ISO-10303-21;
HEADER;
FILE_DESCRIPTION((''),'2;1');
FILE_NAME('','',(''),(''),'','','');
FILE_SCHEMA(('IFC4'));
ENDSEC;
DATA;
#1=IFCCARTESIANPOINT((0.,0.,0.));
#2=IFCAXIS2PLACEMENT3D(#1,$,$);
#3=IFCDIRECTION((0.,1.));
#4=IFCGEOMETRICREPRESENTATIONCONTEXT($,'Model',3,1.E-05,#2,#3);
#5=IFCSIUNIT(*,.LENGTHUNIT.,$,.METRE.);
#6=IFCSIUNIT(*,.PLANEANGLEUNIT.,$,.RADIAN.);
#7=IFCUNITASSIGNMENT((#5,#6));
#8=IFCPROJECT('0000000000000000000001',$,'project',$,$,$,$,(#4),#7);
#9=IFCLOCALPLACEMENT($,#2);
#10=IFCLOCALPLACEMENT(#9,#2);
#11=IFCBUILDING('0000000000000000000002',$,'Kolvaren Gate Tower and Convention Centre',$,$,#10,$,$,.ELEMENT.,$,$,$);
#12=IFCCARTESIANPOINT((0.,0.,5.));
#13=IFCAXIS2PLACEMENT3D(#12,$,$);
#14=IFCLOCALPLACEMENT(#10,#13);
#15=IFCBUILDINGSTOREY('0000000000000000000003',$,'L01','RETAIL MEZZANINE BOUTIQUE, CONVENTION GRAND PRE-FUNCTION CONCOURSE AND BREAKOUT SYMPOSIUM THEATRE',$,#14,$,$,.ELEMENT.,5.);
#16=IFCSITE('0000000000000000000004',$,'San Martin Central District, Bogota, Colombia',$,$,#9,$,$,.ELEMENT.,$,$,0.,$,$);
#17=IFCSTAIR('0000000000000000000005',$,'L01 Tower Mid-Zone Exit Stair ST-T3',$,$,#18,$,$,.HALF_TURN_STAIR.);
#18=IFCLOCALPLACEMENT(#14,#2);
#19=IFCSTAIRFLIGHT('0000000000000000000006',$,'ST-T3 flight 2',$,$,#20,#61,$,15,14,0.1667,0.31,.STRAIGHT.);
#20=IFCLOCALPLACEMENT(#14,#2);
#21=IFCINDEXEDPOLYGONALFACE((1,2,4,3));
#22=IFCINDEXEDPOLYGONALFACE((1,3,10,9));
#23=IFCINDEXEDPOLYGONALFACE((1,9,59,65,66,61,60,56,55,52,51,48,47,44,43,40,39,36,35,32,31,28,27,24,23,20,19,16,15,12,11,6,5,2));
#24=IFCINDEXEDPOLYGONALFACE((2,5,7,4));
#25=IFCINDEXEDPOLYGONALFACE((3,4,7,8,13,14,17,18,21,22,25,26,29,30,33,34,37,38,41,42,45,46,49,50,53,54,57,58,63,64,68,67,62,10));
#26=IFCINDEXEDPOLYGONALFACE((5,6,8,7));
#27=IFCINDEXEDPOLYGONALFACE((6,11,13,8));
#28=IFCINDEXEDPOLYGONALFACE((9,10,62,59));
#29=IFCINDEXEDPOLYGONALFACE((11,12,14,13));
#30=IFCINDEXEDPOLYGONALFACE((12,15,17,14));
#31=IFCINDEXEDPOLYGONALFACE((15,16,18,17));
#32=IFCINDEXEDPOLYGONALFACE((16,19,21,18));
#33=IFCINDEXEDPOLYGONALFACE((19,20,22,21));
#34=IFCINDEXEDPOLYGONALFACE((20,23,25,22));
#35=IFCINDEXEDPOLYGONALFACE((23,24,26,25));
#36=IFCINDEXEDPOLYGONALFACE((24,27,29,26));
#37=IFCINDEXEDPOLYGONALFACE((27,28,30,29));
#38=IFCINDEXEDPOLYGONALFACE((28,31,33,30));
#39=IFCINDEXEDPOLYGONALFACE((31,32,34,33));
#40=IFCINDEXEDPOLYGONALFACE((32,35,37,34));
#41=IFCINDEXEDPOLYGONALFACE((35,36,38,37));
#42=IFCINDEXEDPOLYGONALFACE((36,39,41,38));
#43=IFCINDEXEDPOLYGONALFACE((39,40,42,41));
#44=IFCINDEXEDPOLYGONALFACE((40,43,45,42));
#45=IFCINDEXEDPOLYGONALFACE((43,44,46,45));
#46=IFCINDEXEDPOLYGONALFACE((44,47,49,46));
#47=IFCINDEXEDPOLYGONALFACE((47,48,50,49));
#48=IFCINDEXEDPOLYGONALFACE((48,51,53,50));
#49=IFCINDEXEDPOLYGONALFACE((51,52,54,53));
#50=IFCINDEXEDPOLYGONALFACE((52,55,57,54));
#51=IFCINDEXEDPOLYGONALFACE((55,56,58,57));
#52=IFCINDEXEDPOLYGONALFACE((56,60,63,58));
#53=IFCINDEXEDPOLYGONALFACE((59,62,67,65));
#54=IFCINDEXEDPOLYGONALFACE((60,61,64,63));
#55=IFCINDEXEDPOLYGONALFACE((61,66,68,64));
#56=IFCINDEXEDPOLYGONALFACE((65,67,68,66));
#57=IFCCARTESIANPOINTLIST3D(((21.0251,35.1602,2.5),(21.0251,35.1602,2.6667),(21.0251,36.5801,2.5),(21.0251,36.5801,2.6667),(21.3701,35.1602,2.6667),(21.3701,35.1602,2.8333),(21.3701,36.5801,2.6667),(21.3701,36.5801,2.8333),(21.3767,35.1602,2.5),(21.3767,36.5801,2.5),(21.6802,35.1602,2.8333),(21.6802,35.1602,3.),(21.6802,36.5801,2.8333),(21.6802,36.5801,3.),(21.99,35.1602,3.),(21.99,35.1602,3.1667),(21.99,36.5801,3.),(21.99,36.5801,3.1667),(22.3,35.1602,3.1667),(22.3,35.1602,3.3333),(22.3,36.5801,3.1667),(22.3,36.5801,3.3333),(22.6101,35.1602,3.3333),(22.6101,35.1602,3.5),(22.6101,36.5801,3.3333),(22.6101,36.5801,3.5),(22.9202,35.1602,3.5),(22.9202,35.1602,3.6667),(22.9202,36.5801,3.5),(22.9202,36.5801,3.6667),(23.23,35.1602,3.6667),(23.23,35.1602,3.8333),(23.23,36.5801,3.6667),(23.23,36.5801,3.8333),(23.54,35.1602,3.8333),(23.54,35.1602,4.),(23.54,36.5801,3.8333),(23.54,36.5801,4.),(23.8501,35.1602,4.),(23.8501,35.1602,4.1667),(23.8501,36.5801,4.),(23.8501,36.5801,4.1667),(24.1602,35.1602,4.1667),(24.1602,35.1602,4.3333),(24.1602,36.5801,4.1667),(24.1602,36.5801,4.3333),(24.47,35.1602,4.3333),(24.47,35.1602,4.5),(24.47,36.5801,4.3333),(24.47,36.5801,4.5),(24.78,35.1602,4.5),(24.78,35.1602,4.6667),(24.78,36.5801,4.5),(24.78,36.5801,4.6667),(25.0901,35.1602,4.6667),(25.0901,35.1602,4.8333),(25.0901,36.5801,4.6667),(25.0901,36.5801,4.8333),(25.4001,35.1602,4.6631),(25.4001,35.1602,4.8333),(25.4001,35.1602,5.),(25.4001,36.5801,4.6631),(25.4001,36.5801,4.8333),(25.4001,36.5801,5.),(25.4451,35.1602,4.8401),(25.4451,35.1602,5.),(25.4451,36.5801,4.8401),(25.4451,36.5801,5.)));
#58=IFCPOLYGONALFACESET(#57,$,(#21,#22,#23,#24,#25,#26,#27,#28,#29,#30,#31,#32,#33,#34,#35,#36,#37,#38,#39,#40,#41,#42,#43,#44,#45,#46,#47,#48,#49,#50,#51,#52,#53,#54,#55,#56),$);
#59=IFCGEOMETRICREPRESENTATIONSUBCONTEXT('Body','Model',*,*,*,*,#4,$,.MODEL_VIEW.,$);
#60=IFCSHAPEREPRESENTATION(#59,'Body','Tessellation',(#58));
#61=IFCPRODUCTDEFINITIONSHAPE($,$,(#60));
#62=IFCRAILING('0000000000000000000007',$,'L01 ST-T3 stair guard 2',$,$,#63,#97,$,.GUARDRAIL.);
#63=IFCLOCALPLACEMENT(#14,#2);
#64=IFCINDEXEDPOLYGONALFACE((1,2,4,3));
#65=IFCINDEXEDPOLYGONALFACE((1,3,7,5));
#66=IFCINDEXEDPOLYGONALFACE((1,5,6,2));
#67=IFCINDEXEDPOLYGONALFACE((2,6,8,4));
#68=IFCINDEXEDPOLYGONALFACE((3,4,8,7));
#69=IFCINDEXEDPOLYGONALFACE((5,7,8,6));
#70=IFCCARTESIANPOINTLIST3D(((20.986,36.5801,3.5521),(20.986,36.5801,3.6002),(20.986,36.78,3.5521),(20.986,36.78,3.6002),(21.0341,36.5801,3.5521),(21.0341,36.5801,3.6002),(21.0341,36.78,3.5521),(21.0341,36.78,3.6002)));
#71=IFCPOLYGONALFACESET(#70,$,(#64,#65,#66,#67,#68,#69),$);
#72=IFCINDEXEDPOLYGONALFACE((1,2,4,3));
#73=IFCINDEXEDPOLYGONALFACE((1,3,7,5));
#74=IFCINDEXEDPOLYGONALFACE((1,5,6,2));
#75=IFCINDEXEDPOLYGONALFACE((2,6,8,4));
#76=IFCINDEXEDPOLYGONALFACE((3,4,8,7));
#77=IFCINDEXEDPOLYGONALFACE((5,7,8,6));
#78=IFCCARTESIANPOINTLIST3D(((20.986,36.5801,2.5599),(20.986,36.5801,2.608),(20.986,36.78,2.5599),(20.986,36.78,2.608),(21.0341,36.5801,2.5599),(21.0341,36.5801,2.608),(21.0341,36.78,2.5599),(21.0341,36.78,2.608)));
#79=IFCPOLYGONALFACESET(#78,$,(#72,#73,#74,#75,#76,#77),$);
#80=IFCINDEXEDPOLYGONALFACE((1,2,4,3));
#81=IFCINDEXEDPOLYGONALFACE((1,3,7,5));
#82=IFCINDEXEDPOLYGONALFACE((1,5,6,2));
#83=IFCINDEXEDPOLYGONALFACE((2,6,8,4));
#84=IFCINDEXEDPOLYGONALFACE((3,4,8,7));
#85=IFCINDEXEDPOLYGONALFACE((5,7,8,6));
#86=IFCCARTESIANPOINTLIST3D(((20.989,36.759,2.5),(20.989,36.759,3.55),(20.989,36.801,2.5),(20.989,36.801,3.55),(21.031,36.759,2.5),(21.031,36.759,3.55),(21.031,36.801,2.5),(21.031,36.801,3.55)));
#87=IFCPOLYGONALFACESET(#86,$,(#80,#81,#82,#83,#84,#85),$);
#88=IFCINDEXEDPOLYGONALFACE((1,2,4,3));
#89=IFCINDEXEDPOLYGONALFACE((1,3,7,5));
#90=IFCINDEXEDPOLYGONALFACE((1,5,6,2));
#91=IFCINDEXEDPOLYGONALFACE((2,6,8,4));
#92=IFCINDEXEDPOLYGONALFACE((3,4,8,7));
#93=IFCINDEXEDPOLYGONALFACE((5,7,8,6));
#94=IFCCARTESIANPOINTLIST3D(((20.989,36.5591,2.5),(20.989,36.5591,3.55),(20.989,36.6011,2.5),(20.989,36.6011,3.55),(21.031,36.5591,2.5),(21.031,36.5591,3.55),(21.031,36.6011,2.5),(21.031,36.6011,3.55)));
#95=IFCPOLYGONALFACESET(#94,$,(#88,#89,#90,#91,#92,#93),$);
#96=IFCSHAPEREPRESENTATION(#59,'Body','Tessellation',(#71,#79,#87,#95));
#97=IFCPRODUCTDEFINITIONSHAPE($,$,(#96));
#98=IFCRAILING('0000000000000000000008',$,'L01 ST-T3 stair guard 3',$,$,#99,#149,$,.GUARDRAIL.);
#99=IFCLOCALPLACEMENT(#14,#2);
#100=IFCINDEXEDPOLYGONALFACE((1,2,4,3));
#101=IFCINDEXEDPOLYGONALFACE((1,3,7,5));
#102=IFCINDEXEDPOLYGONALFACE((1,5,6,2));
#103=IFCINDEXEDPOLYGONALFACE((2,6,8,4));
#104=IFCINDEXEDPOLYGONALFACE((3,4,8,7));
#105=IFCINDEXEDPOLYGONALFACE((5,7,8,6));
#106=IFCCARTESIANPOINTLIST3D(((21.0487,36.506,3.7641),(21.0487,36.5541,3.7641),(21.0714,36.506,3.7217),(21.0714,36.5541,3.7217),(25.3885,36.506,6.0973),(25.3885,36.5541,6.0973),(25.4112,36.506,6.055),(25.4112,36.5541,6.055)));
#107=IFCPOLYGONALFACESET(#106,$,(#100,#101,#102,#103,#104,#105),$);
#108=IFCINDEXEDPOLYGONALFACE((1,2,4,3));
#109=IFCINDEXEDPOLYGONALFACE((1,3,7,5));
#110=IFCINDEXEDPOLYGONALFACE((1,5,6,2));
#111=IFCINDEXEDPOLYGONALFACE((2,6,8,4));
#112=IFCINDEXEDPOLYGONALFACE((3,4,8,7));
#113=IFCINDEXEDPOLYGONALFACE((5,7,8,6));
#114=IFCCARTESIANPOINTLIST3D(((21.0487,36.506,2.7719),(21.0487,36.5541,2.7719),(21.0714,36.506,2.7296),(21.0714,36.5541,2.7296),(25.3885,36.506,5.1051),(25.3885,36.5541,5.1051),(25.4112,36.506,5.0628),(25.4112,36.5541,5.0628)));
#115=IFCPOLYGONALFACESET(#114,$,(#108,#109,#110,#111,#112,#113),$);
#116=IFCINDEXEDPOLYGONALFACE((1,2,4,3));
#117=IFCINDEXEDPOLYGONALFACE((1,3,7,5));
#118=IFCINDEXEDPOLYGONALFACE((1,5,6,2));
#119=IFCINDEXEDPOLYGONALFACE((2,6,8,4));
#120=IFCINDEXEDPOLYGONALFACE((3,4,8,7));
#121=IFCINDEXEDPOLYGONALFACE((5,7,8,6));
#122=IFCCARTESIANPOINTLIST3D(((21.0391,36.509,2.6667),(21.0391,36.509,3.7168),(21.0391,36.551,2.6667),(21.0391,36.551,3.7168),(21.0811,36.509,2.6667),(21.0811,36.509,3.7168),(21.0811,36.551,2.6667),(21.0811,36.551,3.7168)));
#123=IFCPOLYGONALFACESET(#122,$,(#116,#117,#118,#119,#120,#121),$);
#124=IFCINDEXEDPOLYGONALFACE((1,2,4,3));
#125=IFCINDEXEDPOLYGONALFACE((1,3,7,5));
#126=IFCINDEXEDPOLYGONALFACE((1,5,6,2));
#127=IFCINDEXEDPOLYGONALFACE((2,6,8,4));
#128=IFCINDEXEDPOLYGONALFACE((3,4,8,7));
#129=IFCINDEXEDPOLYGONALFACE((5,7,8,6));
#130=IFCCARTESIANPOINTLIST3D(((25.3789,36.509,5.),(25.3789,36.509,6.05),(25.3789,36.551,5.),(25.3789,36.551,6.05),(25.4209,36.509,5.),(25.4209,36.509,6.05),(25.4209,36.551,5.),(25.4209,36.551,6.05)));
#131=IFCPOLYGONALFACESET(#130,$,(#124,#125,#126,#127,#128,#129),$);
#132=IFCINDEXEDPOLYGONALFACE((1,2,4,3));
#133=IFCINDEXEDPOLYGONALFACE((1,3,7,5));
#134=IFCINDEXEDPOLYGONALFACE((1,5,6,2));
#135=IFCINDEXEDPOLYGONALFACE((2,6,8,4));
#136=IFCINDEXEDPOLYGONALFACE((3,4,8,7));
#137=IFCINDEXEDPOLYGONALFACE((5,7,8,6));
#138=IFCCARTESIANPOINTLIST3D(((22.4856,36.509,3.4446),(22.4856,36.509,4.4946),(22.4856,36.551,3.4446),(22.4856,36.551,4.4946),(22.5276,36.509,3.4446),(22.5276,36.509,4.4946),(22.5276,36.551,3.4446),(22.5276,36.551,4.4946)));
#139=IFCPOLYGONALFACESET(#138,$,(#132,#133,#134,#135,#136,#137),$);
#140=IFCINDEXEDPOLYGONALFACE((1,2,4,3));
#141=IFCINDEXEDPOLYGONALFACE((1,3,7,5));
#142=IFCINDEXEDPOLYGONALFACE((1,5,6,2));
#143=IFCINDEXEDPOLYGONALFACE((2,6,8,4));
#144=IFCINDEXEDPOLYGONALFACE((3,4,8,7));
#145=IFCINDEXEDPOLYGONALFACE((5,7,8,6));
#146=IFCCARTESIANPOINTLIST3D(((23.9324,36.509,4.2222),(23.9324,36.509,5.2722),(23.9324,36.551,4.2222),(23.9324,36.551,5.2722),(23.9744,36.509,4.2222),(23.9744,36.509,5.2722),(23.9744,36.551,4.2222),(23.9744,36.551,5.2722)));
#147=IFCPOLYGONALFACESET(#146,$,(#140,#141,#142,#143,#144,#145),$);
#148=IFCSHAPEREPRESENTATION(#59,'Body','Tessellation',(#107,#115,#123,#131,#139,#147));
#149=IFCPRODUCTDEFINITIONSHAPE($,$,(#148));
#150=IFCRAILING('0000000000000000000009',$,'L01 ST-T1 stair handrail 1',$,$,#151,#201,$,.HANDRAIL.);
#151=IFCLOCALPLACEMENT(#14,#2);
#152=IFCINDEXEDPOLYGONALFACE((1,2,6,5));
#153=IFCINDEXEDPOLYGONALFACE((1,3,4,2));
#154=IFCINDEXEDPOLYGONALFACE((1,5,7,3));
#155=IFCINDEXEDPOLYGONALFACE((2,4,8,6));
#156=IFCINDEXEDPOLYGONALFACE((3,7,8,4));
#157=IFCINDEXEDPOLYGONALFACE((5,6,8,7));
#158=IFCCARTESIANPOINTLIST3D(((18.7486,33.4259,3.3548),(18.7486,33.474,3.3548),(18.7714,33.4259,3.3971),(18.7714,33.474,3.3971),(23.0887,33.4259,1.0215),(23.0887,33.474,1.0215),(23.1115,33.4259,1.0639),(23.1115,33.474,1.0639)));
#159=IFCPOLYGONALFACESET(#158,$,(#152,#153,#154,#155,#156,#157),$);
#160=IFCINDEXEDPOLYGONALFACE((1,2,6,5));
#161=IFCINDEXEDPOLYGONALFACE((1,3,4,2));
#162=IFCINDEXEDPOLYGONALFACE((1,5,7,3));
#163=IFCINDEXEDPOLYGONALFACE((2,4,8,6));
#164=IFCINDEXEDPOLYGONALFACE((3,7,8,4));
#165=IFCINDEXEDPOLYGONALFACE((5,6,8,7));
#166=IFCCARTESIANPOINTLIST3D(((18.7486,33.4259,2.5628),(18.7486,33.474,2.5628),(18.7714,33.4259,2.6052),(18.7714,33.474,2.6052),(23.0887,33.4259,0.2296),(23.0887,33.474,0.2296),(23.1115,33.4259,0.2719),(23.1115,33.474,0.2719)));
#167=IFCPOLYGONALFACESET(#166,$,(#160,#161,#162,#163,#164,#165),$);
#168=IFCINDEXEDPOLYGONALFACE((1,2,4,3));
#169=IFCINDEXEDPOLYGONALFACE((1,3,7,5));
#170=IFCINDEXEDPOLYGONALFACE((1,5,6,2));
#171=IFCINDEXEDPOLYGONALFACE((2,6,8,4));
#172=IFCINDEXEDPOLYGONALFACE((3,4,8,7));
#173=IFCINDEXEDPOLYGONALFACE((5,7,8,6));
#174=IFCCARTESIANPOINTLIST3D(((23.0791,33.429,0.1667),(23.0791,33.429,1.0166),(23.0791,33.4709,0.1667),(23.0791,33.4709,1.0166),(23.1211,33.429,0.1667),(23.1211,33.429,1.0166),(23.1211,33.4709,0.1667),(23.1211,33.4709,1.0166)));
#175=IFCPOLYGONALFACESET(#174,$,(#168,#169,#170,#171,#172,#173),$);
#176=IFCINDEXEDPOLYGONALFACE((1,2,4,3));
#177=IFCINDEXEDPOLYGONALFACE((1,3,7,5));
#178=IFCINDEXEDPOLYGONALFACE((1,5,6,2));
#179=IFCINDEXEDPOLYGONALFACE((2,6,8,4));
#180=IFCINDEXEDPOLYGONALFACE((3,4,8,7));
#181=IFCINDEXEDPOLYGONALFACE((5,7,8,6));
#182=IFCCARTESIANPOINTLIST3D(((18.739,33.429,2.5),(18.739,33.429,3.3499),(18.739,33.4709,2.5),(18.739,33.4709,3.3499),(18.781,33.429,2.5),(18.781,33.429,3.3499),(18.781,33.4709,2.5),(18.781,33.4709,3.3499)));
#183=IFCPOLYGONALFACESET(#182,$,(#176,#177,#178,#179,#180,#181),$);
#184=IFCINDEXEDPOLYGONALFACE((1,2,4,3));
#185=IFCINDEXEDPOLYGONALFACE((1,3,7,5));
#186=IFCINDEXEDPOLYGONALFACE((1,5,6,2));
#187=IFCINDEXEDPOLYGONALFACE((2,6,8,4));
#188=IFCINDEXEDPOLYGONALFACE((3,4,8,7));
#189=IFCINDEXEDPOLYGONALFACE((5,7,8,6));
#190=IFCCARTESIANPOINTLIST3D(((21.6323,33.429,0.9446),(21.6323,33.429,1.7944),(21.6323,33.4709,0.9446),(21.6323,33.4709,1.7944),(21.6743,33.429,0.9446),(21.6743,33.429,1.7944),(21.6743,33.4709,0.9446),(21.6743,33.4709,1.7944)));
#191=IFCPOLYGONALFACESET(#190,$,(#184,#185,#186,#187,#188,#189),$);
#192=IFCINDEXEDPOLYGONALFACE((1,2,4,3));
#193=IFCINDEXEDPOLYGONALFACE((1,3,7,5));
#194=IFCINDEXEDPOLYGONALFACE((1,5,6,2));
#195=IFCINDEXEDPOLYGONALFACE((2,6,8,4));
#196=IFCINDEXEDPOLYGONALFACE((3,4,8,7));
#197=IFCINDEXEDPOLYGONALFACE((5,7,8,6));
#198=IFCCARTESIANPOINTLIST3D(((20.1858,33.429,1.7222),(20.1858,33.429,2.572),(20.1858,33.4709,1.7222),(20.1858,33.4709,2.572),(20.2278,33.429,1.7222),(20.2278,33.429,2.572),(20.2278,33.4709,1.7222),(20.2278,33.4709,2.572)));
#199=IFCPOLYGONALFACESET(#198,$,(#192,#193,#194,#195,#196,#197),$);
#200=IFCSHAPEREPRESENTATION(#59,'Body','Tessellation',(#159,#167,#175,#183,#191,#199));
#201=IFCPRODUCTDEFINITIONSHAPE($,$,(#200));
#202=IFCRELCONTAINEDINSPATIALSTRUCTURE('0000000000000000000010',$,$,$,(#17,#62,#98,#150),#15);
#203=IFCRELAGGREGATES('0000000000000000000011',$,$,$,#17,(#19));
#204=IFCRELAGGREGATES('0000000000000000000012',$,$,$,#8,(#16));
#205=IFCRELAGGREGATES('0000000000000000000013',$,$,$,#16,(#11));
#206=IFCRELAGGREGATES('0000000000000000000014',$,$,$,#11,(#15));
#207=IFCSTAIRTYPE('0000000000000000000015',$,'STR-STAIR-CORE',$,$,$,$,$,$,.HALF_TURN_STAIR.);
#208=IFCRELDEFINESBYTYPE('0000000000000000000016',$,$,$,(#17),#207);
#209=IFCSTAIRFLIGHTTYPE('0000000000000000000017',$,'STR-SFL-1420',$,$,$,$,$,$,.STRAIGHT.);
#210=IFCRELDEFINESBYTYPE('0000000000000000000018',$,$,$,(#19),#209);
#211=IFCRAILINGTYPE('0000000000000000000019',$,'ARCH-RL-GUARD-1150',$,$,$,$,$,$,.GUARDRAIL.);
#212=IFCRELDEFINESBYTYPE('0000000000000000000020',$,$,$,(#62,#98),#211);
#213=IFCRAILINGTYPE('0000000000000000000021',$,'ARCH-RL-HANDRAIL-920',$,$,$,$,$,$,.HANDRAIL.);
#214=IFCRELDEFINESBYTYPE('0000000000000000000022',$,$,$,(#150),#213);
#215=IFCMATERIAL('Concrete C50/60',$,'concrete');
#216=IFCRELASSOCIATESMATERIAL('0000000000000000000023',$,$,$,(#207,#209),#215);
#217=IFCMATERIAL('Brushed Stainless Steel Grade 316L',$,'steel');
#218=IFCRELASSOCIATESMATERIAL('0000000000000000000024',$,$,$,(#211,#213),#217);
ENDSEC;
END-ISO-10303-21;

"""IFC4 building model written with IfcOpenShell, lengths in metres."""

from ifc_helpers import new_model, si_unit, direction, frame, origin, origin_2d, place, context, subcontext, project, spatial, polyline, rectangle, outline, extrude, material, type_object, element, aggregate, save


model = new_model("IFC4")

# Units and contexts
model_context = context("Model", 3, precision=1e-05, world=origin(), true_north=direction((0.0, 1.0)))
body_context = subcontext(model_context, "Body", "Model", "MODEL_VIEW")
ifc_project = project(units=[si_unit("LENGTHUNIT", "METRE"), si_unit("PLANEANGLEUNIT", "RADIAN")], contexts=[model_context])

# Site, building, storey
site_placement = place(None, origin())
site = spatial("IfcSite", under=ifc_project, at=site_placement, Name="San Martin Central District, Bogota, Colombia", CompositionType="ELEMENT", RefElevation=0.0)
building_placement = place(site_placement, origin())
building = spatial("IfcBuilding", under=site, at=building_placement, Name="Kolvaren Gate Tower and Convention Centre", CompositionType="ELEMENT")
storey_placement = place(building_placement, frame((0.0, 0.0, 5.0)))
storey = spatial("IfcBuildingStorey", under=building, at=storey_placement, Name="L01", Description="RETAIL MEZZANINE BOUTIQUE, CONVENTION GRAND PRE-FUNCTION CONCOURSE AND BREAKOUT SYMPOSIUM THEATRE", CompositionType="ELEMENT", Elevation=5.0)

# Shared definitions
ifc_material_1 = material(Name="Concrete C50/60", Category="concrete")

# Stair, stair flight
stair_type = type_object("IfcStairType", Name="STR-STAIR-CORE", PredefinedType="HALF_TURN_STAIR", material=ifc_material_1)
stair_placement = place(storey_placement, origin())
stair = element("IfcStair", 1, at=stair_placement, inside=storey, type_object=stair_type, Name="L01 Tower Mid-Zone Exit Stair ST-T3", PredefinedType="HALF_TURN_STAIR")
stair_flight_type = type_object("IfcStairFlightType", Name="STR-SFL-1420", PredefinedType="STRAIGHT", material=ifc_material_1)
stair_flight_placement = place(storey_placement, frame((21.0601, 35.8701, 2.5), z_axis=(0.0, 0.0, 1.0), x_axis=(1.0, 0.0, 0.0)))
stair_flight = element("IfcStairFlight", 2, at=stair_flight_placement, type_object=stair_flight_type, Name="ST-T3 flight 2", NumberOfRisers=15, NumberOfTreads=14, PredefinedType="STRAIGHT", RiserHeight=0.1667, TreadLength=0.31, context=body_context, shape_type="SweptSolid", body=[
    extrude(outline(polyline([(-0.0349, 0.0), (-0.0349, 0.1667), (0.3101, 0.1667), (0.3101, 0.3333), (0.6201, 0.3333), (0.6201, 0.5), (0.9299, 0.5), (0.9299, 0.6667), (1.24, 0.6667), (1.24, 0.8333), (1.55, 0.8333), (1.55, 1.0), (1.8601, 1.0), (1.8601, 1.1667), (2.1699, 1.1667), (2.1699, 1.3333), (2.48, 1.3333), (2.48, 1.5), (2.79, 1.5), (2.79, 1.6667), (3.1001, 1.6667), (3.1001, 1.8333), (3.4099, 1.8333), (3.4099, 2.0), (3.72, 2.0), (3.72, 2.1667), (4.03, 2.1667), (4.03, 2.3333), (4.3401, 2.3333), (4.3401, 2.5), (4.385, 2.5), (4.385, 2.3401), (4.3401, 2.1631), (0.3167, 0.0), (-0.0349, 0.0)])), frame((0.0, 0.71, 0.0), z_axis=(0.0, -1.0, 0.0), x_axis=(1.0, 0.0, 0.0)), (0.0, 0.0, 1.0), 1.4199),
])
aggregate(stair, [stair_flight])

# Railings
ifc_material_2 = material(Name="Brushed Stainless Steel Grade 316L", Category="steel")
railing_type_1 = type_object("IfcRailingType", Name="ARCH-RL-GUARD-1150", PredefinedType="GUARDRAIL", material=ifc_material_2)
railing_1_placement = place(storey_placement, frame((21.01, 36.78, 2.5)))
element("IfcRailing", 3, at=railing_1_placement, inside=storey, type_object=railing_type_1, Name="L01 ST-T3 stair guard 2", PredefinedType="GUARDRAIL", context=body_context, shape_type="SweptSolid", body=[
    extrude(rectangle(XDim=0.0481, YDim=0.0481, at=origin_2d()), frame((0.0, 0.0, 1.0762), z_axis=(0.0, -1.0, 0.0), x_axis=(1.0, 0.0, 0.0)), (0.0, 0.0, 1.0), 0.2),
    extrude(rectangle(XDim=0.0481, YDim=0.0481, at=origin_2d()), frame((0.0, 0.0, 0.084), z_axis=(0.0, -1.0, 0.0), x_axis=(1.0, 0.0, 0.0)), (0.0, 0.0, 1.0), 0.2),
    extrude(rectangle(XDim=0.042, YDim=0.042, at=origin_2d()), origin(), (0.0, 0.0, 1.0), 1.05),
    extrude(rectangle(XDim=0.042, YDim=0.042, at=origin_2d()), frame((0.0, -0.2, 0.0)), (0.0, 0.0, 1.0), 1.05),
])
railing_2_placement = place(storey_placement, frame((21.0601, 36.53, 2.6667)))
element("IfcRailing", 4, at=railing_2_placement, inside=storey, type_object=railing_type_1, Name="L01 ST-T3 stair guard 3", PredefinedType="GUARDRAIL", context=body_context, shape_type="SweptSolid", body=[
    extrude(rectangle(XDim=0.0481, YDim=0.0481, at=origin_2d()), frame((0.0, 0.0, 1.0762), z_axis=(0.880775, 0.0, 0.473535), x_axis=(0.0, 1.0, 0.0)), (0.0, 0.0, 1.0), 4.9272),
    extrude(rectangle(XDim=0.0481, YDim=0.0481, at=origin_2d()), frame((0.0, 0.0, 0.084), z_axis=(0.880775, 0.0, 0.473535), x_axis=(0.0, 1.0, 0.0)), (0.0, 0.0, 1.0), 4.9272),
    extrude(rectangle(XDim=0.042, YDim=0.042, at=origin_2d()), origin(), (0.0, 0.0, 1.0), 1.05),
    extrude(rectangle(XDim=0.042, YDim=0.042, at=origin_2d()), frame((4.3398, 0.0, 2.3333)), (0.0, 0.0, 1.0), 1.05),
    extrude(rectangle(XDim=0.042, YDim=0.042, at=origin_2d()), frame((1.4465, 0.0, 0.7778)), (0.0, 0.0, 1.0), 1.05),
    extrude(rectangle(XDim=0.042, YDim=0.042, at=origin_2d()), frame((2.8933, 0.0, 1.5554)), (0.0, 0.0, 1.0), 1.05),
])
railing_type_2 = type_object("IfcRailingType", Name="ARCH-RL-HANDRAIL-920", PredefinedType="HANDRAIL", material=ifc_material_2)
railing_3_placement = place(storey_placement, frame((23.1001, 33.45, 0.1667)))
element("IfcRailing", 5, at=railing_3_placement, inside=storey, type_object=railing_type_2, Name="L01 ST-T1 stair handrail 1", PredefinedType="HANDRAIL", context=body_context, shape_type="SweptSolid", body=[
    extrude(rectangle(XDim=0.0481, YDim=0.0481, at=origin_2d()), frame((0.0, 0.0, 0.876), z_axis=(-0.880786, 0.0, 0.473515), x_axis=(0.0, -1.0, 0.0)), (0.0, 0.0, 1.0), 4.9275),
    extrude(rectangle(XDim=0.0481, YDim=0.0481, at=origin_2d()), frame((0.0, 0.0, 0.084), z_axis=(-0.880786, 0.0, 0.473515), x_axis=(0.0, -1.0, 0.0)), (0.0, 0.0, 1.0), 4.9275),
    extrude(rectangle(XDim=0.042, YDim=0.042, at=origin_2d()), origin(), (0.0, 0.0, 1.0), 0.8499),
    extrude(rectangle(XDim=0.042, YDim=0.042, at=origin_2d()), frame((-4.3401, 0.0, 2.3333)), (0.0, 0.0, 1.0), 0.8499),
    extrude(rectangle(XDim=0.042, YDim=0.042, at=origin_2d()), frame((-1.4468, 0.0, 0.7778)), (0.0, 0.0, 1.0), 0.8499),
    extrude(rectangle(XDim=0.042, YDim=0.042, at=origin_2d()), frame((-2.8933, 0.0, 1.5554)), (0.0, 0.0, 1.0), 0.8499),
])

save(model, "model.ifc")
